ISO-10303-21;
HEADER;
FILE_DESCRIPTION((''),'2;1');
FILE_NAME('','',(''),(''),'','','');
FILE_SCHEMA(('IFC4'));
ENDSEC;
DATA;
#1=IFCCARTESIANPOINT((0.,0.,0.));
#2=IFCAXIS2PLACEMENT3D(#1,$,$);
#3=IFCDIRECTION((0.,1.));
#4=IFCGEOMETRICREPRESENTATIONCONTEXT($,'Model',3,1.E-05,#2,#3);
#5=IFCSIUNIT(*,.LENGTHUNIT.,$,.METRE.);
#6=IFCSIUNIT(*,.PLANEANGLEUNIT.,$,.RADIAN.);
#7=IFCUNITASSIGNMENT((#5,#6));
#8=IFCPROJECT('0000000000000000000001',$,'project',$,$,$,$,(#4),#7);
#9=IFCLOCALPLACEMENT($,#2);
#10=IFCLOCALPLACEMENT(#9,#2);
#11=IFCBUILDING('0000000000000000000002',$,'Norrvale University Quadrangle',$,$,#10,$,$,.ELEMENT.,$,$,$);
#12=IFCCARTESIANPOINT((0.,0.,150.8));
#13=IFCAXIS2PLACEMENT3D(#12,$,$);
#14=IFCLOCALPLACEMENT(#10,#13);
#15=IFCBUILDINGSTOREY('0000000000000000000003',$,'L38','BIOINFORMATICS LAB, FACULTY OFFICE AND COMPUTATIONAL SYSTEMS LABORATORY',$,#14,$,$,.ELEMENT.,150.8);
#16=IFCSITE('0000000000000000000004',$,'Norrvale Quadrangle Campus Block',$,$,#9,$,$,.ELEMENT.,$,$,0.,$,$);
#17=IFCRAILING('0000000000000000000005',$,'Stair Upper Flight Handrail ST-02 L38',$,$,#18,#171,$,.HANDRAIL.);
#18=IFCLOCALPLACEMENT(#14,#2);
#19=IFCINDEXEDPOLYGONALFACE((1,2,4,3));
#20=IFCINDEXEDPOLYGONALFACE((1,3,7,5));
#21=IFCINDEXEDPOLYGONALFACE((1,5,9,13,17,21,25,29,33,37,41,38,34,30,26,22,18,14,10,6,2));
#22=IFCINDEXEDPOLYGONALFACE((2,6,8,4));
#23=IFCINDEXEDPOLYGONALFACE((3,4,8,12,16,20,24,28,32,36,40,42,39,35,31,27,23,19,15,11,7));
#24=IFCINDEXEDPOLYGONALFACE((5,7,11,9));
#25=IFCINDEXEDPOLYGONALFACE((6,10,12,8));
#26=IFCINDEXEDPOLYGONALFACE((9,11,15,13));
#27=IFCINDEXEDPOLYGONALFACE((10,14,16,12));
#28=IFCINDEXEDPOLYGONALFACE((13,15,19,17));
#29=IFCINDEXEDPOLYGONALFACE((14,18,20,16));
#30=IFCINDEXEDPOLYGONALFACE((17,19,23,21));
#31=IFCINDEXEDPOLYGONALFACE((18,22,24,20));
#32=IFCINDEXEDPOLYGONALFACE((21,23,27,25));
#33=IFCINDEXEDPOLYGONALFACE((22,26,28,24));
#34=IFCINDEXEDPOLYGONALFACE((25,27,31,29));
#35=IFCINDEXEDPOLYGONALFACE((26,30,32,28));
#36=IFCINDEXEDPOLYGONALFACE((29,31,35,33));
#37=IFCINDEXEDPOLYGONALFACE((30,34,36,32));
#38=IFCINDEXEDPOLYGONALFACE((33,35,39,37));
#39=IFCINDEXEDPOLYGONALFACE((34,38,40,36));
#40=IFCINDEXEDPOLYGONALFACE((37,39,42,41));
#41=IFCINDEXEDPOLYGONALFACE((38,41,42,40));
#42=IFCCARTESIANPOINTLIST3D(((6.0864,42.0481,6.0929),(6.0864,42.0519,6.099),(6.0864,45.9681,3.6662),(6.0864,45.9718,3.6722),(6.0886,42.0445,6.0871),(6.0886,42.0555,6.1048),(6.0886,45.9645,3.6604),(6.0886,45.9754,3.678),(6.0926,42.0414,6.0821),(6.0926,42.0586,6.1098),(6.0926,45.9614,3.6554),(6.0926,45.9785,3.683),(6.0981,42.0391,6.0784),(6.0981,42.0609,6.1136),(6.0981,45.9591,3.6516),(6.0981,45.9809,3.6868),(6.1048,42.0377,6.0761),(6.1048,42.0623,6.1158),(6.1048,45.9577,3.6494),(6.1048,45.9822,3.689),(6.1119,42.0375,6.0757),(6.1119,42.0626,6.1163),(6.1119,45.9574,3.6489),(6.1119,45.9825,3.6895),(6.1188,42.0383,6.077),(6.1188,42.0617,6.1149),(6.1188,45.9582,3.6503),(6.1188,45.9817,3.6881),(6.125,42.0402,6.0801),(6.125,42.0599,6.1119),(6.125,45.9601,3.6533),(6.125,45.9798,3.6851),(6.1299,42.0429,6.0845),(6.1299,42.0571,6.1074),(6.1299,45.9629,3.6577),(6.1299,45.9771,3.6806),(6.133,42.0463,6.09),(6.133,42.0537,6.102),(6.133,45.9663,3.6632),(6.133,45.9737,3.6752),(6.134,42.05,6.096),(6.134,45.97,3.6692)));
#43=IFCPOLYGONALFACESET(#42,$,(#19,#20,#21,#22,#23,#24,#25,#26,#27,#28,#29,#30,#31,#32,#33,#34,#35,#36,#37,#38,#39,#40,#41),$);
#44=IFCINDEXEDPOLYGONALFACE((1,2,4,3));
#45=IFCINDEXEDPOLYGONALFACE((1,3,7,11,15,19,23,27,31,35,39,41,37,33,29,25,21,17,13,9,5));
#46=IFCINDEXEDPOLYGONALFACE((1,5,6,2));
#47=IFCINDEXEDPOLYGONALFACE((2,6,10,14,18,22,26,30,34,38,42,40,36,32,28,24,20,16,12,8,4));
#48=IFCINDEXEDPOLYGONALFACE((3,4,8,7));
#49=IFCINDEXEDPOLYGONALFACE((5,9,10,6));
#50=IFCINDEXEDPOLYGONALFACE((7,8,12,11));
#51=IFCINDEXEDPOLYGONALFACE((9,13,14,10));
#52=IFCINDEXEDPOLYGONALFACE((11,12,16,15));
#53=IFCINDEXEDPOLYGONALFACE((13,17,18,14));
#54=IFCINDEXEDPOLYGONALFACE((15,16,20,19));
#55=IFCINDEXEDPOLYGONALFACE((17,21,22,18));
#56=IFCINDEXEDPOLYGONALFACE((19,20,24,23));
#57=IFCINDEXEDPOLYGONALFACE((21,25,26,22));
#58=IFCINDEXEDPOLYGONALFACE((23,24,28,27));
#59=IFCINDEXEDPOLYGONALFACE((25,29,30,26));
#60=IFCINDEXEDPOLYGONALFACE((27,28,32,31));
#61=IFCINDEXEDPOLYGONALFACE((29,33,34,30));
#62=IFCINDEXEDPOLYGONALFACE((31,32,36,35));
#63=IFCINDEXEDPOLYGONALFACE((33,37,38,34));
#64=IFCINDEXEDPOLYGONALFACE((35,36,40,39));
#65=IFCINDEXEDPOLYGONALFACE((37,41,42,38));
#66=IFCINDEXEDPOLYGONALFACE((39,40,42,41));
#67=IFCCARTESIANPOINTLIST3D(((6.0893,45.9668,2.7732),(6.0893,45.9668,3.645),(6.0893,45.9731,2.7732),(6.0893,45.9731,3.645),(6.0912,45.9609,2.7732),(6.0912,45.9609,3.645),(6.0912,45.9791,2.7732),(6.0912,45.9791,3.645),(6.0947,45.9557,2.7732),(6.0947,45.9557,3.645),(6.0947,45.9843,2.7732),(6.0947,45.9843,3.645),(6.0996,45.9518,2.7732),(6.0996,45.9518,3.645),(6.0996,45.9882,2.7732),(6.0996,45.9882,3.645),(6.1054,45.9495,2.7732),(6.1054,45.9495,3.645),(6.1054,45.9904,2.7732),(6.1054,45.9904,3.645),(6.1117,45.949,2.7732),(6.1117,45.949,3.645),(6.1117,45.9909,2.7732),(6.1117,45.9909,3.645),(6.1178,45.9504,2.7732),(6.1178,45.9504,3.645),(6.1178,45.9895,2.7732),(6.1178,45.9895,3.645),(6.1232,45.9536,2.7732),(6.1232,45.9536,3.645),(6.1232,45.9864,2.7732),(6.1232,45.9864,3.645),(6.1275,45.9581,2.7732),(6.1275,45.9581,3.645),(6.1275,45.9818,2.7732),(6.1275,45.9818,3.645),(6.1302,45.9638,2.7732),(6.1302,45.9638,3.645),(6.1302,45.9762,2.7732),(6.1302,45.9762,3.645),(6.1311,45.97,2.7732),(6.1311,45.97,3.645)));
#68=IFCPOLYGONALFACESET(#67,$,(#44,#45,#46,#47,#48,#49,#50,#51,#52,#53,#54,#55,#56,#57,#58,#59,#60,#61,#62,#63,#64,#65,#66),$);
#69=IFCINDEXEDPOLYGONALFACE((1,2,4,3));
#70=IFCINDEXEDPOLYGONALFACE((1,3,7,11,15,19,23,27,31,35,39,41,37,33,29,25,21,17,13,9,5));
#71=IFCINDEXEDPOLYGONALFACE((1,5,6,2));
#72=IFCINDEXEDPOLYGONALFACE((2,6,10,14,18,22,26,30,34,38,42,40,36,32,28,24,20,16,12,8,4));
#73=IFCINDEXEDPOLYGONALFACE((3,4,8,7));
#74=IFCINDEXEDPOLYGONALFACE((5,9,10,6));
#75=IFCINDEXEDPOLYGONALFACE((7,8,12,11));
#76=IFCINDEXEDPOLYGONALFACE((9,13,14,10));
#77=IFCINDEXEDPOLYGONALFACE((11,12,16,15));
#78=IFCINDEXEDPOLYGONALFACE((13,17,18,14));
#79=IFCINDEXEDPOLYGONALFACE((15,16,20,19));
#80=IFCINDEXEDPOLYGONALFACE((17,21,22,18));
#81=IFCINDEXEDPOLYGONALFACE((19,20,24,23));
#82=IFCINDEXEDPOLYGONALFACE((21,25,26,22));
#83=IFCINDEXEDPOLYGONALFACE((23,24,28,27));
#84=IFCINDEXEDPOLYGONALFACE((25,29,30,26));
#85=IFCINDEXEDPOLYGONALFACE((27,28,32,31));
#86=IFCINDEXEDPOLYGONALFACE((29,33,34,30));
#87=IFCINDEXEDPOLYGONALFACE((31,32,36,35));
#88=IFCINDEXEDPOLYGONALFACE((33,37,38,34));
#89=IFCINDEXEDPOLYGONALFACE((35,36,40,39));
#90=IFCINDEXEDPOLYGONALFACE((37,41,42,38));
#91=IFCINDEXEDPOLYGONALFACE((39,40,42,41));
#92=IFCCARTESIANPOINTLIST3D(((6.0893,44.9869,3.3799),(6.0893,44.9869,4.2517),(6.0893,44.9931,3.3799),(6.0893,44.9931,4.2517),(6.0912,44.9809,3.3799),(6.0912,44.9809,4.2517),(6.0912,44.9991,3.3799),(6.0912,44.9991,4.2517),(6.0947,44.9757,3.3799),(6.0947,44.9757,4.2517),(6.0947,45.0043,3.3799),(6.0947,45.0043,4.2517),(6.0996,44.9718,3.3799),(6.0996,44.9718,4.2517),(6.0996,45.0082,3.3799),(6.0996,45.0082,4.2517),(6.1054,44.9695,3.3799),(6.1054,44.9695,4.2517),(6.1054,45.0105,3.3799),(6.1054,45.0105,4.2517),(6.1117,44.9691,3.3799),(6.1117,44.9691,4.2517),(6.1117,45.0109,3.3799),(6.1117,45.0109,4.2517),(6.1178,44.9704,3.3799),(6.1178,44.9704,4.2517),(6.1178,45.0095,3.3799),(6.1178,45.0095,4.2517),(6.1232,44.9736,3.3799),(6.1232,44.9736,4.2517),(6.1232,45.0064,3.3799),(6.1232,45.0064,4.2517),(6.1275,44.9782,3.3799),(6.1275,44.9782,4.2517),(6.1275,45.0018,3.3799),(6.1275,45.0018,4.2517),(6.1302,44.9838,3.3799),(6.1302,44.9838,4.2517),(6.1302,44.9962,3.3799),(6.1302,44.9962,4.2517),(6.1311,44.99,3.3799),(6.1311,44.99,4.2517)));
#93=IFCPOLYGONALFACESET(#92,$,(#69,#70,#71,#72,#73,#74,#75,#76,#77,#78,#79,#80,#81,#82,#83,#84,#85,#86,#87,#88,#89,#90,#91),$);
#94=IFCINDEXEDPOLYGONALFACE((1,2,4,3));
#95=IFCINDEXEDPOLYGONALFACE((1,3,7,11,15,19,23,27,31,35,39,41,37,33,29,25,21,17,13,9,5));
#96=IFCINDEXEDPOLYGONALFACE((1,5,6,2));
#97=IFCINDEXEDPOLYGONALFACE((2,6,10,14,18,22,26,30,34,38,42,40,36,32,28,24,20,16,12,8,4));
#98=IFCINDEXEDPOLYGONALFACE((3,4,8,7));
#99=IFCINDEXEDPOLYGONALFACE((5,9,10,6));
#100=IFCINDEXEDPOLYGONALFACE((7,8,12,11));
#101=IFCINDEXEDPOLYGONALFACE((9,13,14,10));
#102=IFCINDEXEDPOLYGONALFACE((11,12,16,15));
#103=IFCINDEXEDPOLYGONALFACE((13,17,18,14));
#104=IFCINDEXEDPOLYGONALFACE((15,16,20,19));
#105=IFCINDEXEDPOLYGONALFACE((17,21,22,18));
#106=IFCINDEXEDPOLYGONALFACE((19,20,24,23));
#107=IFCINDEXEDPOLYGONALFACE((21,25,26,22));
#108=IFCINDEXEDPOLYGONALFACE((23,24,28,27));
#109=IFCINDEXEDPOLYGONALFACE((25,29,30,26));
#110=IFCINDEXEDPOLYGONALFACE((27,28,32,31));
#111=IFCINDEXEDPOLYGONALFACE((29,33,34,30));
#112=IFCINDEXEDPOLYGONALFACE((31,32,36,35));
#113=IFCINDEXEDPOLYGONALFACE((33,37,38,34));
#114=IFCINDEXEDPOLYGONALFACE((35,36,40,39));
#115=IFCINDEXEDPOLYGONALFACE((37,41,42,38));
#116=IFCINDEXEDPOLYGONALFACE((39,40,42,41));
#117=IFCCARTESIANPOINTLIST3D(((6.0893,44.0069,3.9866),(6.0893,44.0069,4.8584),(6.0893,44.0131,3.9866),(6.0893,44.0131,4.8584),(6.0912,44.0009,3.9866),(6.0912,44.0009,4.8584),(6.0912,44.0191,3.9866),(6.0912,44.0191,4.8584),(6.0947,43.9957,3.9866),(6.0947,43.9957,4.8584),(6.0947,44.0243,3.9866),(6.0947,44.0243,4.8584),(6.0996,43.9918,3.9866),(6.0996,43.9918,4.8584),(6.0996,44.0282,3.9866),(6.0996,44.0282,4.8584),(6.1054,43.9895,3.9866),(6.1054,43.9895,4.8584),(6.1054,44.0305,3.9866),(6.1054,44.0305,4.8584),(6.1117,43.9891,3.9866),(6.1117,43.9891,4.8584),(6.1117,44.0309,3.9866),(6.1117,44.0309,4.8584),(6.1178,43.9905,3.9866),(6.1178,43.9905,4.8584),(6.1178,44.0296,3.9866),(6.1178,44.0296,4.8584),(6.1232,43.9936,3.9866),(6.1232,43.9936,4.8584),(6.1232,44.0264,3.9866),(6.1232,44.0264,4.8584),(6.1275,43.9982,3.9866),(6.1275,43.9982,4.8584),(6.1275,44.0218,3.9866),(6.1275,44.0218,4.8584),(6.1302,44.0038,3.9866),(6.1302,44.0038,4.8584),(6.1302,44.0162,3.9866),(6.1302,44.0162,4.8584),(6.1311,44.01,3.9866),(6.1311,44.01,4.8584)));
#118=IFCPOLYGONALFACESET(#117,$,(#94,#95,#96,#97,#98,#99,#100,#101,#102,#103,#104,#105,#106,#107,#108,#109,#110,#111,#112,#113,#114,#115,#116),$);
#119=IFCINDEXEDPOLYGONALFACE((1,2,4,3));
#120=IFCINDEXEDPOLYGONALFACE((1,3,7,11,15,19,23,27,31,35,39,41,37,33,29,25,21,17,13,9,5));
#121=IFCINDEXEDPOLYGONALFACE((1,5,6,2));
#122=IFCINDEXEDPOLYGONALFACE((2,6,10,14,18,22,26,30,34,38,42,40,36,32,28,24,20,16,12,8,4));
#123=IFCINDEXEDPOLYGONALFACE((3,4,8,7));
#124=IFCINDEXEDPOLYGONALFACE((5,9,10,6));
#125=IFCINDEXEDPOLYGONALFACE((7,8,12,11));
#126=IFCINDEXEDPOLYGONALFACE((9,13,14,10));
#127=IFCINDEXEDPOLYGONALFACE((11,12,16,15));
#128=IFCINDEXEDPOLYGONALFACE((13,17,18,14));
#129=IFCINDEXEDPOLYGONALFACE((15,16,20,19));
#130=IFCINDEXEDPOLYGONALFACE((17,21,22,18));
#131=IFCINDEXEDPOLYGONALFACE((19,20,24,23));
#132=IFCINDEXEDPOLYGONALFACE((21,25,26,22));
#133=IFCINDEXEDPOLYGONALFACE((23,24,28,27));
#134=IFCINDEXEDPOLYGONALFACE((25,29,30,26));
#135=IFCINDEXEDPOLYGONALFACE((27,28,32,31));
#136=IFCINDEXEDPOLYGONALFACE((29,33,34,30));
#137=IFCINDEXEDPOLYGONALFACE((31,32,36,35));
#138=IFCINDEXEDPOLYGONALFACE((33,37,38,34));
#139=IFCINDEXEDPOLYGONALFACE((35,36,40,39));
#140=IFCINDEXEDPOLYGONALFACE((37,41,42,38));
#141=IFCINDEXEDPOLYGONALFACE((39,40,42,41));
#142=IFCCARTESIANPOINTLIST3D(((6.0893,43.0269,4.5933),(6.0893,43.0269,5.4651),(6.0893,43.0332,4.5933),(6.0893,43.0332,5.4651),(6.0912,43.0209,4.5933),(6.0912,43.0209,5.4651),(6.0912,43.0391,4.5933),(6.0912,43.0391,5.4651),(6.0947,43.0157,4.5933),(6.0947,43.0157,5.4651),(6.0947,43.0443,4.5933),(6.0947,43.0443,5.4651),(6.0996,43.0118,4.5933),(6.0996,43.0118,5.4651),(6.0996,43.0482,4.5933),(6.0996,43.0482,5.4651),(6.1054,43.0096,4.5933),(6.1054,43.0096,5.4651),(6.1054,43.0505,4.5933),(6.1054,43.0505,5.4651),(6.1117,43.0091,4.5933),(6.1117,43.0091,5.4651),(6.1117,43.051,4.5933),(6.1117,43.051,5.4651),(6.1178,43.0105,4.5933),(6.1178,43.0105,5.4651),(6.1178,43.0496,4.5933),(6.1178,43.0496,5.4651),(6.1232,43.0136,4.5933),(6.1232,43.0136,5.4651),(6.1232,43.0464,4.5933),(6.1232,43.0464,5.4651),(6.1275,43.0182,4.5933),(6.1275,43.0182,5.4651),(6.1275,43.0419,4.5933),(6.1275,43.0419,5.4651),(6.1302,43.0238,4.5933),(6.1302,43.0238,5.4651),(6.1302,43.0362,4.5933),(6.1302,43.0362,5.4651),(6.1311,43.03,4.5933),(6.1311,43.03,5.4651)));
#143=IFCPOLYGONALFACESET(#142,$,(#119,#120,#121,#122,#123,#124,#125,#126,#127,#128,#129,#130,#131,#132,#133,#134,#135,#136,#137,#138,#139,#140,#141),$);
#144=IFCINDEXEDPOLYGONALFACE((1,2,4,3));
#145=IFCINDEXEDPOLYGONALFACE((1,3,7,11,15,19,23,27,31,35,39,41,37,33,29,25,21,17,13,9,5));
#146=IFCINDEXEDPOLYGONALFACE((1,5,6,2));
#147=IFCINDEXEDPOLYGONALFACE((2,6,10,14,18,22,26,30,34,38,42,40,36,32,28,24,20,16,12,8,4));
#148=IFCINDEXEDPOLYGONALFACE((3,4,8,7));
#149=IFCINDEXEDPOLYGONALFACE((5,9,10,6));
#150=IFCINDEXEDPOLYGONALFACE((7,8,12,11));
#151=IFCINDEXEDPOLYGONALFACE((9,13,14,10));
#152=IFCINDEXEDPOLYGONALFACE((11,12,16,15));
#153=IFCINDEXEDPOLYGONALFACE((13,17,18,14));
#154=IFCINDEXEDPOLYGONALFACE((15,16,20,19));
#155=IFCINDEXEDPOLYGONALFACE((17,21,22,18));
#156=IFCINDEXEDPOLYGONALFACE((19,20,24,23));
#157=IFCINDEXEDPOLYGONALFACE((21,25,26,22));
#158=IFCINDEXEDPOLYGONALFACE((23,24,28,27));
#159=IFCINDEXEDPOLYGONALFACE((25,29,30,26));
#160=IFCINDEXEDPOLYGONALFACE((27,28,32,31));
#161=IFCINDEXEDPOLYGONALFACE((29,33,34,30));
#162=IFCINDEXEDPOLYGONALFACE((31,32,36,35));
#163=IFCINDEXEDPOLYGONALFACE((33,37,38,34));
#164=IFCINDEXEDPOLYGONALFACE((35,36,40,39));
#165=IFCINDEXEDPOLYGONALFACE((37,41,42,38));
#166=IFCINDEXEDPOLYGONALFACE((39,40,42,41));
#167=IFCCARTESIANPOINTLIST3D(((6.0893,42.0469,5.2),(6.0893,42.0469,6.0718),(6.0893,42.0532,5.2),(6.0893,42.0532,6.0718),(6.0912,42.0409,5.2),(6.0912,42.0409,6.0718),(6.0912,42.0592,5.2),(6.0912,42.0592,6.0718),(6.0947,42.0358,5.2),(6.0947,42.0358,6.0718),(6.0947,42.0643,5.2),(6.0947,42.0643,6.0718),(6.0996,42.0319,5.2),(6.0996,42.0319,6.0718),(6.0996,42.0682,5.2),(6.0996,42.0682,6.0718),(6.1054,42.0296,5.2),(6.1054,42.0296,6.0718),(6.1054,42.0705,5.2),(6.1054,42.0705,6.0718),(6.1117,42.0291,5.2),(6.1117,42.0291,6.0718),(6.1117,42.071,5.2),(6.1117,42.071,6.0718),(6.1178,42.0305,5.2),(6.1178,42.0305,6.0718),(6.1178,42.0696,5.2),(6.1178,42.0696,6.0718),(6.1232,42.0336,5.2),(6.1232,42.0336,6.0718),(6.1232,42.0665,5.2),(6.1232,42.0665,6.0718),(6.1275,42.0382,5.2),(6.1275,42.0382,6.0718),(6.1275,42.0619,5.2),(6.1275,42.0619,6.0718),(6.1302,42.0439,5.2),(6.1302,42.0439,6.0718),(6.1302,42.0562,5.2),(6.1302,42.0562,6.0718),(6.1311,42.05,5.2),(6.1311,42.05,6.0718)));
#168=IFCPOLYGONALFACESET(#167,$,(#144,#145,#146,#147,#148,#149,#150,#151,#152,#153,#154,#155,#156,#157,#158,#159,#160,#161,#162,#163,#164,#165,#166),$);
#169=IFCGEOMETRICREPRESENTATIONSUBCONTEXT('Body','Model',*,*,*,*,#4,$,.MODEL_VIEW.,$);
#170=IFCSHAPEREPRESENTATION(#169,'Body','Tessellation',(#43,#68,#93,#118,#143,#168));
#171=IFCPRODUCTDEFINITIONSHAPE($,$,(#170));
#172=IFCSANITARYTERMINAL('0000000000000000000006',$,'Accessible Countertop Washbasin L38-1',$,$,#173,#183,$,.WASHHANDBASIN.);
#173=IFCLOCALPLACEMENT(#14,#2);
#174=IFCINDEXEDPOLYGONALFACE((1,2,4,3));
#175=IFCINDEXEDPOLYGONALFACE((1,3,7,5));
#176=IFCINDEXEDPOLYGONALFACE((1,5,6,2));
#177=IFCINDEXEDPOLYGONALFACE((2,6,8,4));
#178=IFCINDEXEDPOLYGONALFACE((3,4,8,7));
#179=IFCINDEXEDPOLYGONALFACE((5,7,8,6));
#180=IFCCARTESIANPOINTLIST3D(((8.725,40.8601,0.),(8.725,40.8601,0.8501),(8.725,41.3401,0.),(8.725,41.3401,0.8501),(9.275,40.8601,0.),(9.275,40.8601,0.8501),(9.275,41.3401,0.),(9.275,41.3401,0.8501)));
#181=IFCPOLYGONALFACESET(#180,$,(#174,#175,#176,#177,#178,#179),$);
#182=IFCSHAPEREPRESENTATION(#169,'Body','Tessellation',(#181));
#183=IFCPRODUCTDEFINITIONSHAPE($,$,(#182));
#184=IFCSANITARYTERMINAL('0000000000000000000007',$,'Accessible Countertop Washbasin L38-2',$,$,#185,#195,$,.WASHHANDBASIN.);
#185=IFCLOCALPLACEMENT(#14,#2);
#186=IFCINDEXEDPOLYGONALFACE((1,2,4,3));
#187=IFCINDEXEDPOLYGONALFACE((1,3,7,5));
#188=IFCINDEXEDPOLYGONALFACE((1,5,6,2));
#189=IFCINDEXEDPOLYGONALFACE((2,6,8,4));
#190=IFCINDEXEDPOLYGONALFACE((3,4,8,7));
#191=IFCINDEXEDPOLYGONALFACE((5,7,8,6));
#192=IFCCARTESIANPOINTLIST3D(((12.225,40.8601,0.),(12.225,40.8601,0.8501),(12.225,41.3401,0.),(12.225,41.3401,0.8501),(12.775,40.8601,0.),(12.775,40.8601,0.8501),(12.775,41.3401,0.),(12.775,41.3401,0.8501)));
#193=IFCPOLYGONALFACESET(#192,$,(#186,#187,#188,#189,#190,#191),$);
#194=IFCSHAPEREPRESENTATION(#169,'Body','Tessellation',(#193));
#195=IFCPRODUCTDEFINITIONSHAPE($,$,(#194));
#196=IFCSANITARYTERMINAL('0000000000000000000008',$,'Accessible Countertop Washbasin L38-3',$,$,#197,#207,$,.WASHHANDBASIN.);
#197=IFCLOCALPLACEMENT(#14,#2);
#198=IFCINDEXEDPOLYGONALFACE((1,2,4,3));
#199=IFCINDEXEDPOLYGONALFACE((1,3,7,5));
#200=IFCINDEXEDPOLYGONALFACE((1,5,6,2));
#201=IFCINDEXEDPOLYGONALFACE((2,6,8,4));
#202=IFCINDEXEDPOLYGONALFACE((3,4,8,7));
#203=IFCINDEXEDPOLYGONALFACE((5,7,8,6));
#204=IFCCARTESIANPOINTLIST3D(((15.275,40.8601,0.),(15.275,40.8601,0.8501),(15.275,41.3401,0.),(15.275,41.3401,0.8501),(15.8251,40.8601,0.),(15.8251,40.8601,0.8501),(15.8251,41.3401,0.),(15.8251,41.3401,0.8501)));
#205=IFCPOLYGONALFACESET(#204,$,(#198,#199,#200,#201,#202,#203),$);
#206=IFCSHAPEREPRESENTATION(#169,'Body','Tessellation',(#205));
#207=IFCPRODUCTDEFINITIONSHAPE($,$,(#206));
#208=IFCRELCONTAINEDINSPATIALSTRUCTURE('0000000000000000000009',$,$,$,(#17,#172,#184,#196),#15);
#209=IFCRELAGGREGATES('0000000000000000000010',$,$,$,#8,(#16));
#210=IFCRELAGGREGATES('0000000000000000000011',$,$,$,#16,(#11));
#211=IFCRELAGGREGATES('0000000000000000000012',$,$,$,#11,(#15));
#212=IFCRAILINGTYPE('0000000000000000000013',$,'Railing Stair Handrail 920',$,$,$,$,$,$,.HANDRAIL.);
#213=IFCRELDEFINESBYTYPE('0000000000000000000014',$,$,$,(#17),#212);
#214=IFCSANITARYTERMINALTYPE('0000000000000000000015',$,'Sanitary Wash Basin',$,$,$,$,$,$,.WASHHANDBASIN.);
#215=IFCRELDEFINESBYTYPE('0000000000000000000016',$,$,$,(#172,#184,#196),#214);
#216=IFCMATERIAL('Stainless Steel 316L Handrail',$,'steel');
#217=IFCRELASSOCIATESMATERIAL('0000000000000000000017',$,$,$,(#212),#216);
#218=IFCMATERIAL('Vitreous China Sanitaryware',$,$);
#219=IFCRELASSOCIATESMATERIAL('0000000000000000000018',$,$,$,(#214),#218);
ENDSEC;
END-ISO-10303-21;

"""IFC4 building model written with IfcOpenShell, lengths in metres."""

from ifc_helpers import new_model, si_unit, direction, frame, origin, origin_2d, place, context, subcontext, project, spatial, rectangle, circle, extrude, material, type_object, element, save


model = new_model("IFC4")

# Units and contexts
model_context = context("Model", 3, precision=1e-05, world=origin(), true_north=direction((0.0, 1.0)))
body_context = subcontext(model_context, "Body", "Model", "MODEL_VIEW")
ifc_project = project(units=[si_unit("LENGTHUNIT", "METRE"), si_unit("PLANEANGLEUNIT", "RADIAN")], contexts=[model_context])

# Site, building, storey
site_placement = place(None, origin())
site = spatial("IfcSite", under=ifc_project, at=site_placement, Name="Norrvale Quadrangle Campus Block", CompositionType="ELEMENT", RefElevation=0.0)
building_placement = place(site_placement, origin())
building = spatial("IfcBuilding", under=site, at=building_placement, Name="Norrvale University Quadrangle", CompositionType="ELEMENT")
storey_placement = place(building_placement, frame((0.0, 0.0, 150.8)))
storey = spatial("IfcBuildingStorey", under=building, at=storey_placement, Name="L38", Description="BIOINFORMATICS LAB, FACULTY OFFICE AND COMPUTATIONAL SYSTEMS LABORATORY", CompositionType="ELEMENT", Elevation=150.8)

# Railing
ifc_material_1 = material(Name="Stainless Steel 316L Handrail", Category="steel")
railing_type_1 = type_object("IfcRailingType", Name="Railing Stair Handrail 920", PredefinedType="HANDRAIL", material=ifc_material_1)
railing_1_placement = place(storey_placement, frame((6.1101, 45.97, 2.7732)))
element("IfcRailing", 1, at=railing_1_placement, inside=storey, type_object=railing_type_1, Name="Stair Upper Flight Handrail ST-02 L38", PredefinedType="HANDRAIL", context=body_context, shape_type="SweptSolid", body=[
    extrude(circle(Radius=0.0239, at=origin_2d()), frame((0.0, 0.0, 0.896), z_axis=(0.0, -0.850252, 0.526376), x_axis=(1.0, 0.0, 0.0)), (0.0, 0.0, 1.0), 4.6104),
    extrude(circle(Radius=0.021, at=origin_2d()), origin(), (0.0, 0.0, 1.0), 0.8718),
    extrude(circle(Radius=0.021, at=origin_2d()), frame((0.0, -0.98, 0.6067)), (0.0, 0.0, 1.0), 0.8718),
    extrude(circle(Radius=0.021, at=origin_2d()), frame((0.0, -1.96, 1.2134)), (0.0, 0.0, 1.0), 0.8718),
    extrude(circle(Radius=0.021, at=origin_2d()), frame((0.0, -2.9399, 1.8201)), (0.0, 0.0, 1.0), 0.8718),
    extrude(circle(Radius=0.021, at=origin_2d()), frame((0.0, -3.9199, 2.4268)), (0.0, 0.0, 1.0), 0.8718),
])

# Sanitary terminals
ifc_material_2 = material(Name="Vitreous China Sanitaryware")
sanitary_terminal_type_1 = type_object("IfcSanitaryTerminalType", Name="Sanitary Wash Basin", PredefinedType="WASHHANDBASIN", material=ifc_material_2)
for number, where, z_axis, x_axis, name in (
    (2, (9.0, 41.1001, 0.0), (0.0, 0.0, 1.0), (1.0, 0.0, 0.0), "Accessible Countertop Washbasin L38-1"),
    (3, (12.5, 41.1001, 0.0), (0.0, 0.0, 1.0), (1.0, 0.0, 0.0), "Accessible Countertop Washbasin L38-2"),
    (4, (15.55, 41.1001, 0.0), (0.0, 0.0, 1.0), (1.0, 0.0, 0.0), "Accessible Countertop Washbasin L38-3"),
):
    element("IfcSanitaryTerminal", number, at=place(storey_placement, frame(where, z_axis=z_axis, x_axis=x_axis)), inside=storey, type_object=sanitary_terminal_type_1, Name=name, PredefinedType="WASHHANDBASIN", context=body_context, shape_type="SweptSolid", body=[
        extrude(rectangle(XDim=0.55, YDim=0.48, at=origin_2d()), origin(), (0.0, 0.0, 1.0), 0.8501),
    ])

save(model, "model.ifc")
